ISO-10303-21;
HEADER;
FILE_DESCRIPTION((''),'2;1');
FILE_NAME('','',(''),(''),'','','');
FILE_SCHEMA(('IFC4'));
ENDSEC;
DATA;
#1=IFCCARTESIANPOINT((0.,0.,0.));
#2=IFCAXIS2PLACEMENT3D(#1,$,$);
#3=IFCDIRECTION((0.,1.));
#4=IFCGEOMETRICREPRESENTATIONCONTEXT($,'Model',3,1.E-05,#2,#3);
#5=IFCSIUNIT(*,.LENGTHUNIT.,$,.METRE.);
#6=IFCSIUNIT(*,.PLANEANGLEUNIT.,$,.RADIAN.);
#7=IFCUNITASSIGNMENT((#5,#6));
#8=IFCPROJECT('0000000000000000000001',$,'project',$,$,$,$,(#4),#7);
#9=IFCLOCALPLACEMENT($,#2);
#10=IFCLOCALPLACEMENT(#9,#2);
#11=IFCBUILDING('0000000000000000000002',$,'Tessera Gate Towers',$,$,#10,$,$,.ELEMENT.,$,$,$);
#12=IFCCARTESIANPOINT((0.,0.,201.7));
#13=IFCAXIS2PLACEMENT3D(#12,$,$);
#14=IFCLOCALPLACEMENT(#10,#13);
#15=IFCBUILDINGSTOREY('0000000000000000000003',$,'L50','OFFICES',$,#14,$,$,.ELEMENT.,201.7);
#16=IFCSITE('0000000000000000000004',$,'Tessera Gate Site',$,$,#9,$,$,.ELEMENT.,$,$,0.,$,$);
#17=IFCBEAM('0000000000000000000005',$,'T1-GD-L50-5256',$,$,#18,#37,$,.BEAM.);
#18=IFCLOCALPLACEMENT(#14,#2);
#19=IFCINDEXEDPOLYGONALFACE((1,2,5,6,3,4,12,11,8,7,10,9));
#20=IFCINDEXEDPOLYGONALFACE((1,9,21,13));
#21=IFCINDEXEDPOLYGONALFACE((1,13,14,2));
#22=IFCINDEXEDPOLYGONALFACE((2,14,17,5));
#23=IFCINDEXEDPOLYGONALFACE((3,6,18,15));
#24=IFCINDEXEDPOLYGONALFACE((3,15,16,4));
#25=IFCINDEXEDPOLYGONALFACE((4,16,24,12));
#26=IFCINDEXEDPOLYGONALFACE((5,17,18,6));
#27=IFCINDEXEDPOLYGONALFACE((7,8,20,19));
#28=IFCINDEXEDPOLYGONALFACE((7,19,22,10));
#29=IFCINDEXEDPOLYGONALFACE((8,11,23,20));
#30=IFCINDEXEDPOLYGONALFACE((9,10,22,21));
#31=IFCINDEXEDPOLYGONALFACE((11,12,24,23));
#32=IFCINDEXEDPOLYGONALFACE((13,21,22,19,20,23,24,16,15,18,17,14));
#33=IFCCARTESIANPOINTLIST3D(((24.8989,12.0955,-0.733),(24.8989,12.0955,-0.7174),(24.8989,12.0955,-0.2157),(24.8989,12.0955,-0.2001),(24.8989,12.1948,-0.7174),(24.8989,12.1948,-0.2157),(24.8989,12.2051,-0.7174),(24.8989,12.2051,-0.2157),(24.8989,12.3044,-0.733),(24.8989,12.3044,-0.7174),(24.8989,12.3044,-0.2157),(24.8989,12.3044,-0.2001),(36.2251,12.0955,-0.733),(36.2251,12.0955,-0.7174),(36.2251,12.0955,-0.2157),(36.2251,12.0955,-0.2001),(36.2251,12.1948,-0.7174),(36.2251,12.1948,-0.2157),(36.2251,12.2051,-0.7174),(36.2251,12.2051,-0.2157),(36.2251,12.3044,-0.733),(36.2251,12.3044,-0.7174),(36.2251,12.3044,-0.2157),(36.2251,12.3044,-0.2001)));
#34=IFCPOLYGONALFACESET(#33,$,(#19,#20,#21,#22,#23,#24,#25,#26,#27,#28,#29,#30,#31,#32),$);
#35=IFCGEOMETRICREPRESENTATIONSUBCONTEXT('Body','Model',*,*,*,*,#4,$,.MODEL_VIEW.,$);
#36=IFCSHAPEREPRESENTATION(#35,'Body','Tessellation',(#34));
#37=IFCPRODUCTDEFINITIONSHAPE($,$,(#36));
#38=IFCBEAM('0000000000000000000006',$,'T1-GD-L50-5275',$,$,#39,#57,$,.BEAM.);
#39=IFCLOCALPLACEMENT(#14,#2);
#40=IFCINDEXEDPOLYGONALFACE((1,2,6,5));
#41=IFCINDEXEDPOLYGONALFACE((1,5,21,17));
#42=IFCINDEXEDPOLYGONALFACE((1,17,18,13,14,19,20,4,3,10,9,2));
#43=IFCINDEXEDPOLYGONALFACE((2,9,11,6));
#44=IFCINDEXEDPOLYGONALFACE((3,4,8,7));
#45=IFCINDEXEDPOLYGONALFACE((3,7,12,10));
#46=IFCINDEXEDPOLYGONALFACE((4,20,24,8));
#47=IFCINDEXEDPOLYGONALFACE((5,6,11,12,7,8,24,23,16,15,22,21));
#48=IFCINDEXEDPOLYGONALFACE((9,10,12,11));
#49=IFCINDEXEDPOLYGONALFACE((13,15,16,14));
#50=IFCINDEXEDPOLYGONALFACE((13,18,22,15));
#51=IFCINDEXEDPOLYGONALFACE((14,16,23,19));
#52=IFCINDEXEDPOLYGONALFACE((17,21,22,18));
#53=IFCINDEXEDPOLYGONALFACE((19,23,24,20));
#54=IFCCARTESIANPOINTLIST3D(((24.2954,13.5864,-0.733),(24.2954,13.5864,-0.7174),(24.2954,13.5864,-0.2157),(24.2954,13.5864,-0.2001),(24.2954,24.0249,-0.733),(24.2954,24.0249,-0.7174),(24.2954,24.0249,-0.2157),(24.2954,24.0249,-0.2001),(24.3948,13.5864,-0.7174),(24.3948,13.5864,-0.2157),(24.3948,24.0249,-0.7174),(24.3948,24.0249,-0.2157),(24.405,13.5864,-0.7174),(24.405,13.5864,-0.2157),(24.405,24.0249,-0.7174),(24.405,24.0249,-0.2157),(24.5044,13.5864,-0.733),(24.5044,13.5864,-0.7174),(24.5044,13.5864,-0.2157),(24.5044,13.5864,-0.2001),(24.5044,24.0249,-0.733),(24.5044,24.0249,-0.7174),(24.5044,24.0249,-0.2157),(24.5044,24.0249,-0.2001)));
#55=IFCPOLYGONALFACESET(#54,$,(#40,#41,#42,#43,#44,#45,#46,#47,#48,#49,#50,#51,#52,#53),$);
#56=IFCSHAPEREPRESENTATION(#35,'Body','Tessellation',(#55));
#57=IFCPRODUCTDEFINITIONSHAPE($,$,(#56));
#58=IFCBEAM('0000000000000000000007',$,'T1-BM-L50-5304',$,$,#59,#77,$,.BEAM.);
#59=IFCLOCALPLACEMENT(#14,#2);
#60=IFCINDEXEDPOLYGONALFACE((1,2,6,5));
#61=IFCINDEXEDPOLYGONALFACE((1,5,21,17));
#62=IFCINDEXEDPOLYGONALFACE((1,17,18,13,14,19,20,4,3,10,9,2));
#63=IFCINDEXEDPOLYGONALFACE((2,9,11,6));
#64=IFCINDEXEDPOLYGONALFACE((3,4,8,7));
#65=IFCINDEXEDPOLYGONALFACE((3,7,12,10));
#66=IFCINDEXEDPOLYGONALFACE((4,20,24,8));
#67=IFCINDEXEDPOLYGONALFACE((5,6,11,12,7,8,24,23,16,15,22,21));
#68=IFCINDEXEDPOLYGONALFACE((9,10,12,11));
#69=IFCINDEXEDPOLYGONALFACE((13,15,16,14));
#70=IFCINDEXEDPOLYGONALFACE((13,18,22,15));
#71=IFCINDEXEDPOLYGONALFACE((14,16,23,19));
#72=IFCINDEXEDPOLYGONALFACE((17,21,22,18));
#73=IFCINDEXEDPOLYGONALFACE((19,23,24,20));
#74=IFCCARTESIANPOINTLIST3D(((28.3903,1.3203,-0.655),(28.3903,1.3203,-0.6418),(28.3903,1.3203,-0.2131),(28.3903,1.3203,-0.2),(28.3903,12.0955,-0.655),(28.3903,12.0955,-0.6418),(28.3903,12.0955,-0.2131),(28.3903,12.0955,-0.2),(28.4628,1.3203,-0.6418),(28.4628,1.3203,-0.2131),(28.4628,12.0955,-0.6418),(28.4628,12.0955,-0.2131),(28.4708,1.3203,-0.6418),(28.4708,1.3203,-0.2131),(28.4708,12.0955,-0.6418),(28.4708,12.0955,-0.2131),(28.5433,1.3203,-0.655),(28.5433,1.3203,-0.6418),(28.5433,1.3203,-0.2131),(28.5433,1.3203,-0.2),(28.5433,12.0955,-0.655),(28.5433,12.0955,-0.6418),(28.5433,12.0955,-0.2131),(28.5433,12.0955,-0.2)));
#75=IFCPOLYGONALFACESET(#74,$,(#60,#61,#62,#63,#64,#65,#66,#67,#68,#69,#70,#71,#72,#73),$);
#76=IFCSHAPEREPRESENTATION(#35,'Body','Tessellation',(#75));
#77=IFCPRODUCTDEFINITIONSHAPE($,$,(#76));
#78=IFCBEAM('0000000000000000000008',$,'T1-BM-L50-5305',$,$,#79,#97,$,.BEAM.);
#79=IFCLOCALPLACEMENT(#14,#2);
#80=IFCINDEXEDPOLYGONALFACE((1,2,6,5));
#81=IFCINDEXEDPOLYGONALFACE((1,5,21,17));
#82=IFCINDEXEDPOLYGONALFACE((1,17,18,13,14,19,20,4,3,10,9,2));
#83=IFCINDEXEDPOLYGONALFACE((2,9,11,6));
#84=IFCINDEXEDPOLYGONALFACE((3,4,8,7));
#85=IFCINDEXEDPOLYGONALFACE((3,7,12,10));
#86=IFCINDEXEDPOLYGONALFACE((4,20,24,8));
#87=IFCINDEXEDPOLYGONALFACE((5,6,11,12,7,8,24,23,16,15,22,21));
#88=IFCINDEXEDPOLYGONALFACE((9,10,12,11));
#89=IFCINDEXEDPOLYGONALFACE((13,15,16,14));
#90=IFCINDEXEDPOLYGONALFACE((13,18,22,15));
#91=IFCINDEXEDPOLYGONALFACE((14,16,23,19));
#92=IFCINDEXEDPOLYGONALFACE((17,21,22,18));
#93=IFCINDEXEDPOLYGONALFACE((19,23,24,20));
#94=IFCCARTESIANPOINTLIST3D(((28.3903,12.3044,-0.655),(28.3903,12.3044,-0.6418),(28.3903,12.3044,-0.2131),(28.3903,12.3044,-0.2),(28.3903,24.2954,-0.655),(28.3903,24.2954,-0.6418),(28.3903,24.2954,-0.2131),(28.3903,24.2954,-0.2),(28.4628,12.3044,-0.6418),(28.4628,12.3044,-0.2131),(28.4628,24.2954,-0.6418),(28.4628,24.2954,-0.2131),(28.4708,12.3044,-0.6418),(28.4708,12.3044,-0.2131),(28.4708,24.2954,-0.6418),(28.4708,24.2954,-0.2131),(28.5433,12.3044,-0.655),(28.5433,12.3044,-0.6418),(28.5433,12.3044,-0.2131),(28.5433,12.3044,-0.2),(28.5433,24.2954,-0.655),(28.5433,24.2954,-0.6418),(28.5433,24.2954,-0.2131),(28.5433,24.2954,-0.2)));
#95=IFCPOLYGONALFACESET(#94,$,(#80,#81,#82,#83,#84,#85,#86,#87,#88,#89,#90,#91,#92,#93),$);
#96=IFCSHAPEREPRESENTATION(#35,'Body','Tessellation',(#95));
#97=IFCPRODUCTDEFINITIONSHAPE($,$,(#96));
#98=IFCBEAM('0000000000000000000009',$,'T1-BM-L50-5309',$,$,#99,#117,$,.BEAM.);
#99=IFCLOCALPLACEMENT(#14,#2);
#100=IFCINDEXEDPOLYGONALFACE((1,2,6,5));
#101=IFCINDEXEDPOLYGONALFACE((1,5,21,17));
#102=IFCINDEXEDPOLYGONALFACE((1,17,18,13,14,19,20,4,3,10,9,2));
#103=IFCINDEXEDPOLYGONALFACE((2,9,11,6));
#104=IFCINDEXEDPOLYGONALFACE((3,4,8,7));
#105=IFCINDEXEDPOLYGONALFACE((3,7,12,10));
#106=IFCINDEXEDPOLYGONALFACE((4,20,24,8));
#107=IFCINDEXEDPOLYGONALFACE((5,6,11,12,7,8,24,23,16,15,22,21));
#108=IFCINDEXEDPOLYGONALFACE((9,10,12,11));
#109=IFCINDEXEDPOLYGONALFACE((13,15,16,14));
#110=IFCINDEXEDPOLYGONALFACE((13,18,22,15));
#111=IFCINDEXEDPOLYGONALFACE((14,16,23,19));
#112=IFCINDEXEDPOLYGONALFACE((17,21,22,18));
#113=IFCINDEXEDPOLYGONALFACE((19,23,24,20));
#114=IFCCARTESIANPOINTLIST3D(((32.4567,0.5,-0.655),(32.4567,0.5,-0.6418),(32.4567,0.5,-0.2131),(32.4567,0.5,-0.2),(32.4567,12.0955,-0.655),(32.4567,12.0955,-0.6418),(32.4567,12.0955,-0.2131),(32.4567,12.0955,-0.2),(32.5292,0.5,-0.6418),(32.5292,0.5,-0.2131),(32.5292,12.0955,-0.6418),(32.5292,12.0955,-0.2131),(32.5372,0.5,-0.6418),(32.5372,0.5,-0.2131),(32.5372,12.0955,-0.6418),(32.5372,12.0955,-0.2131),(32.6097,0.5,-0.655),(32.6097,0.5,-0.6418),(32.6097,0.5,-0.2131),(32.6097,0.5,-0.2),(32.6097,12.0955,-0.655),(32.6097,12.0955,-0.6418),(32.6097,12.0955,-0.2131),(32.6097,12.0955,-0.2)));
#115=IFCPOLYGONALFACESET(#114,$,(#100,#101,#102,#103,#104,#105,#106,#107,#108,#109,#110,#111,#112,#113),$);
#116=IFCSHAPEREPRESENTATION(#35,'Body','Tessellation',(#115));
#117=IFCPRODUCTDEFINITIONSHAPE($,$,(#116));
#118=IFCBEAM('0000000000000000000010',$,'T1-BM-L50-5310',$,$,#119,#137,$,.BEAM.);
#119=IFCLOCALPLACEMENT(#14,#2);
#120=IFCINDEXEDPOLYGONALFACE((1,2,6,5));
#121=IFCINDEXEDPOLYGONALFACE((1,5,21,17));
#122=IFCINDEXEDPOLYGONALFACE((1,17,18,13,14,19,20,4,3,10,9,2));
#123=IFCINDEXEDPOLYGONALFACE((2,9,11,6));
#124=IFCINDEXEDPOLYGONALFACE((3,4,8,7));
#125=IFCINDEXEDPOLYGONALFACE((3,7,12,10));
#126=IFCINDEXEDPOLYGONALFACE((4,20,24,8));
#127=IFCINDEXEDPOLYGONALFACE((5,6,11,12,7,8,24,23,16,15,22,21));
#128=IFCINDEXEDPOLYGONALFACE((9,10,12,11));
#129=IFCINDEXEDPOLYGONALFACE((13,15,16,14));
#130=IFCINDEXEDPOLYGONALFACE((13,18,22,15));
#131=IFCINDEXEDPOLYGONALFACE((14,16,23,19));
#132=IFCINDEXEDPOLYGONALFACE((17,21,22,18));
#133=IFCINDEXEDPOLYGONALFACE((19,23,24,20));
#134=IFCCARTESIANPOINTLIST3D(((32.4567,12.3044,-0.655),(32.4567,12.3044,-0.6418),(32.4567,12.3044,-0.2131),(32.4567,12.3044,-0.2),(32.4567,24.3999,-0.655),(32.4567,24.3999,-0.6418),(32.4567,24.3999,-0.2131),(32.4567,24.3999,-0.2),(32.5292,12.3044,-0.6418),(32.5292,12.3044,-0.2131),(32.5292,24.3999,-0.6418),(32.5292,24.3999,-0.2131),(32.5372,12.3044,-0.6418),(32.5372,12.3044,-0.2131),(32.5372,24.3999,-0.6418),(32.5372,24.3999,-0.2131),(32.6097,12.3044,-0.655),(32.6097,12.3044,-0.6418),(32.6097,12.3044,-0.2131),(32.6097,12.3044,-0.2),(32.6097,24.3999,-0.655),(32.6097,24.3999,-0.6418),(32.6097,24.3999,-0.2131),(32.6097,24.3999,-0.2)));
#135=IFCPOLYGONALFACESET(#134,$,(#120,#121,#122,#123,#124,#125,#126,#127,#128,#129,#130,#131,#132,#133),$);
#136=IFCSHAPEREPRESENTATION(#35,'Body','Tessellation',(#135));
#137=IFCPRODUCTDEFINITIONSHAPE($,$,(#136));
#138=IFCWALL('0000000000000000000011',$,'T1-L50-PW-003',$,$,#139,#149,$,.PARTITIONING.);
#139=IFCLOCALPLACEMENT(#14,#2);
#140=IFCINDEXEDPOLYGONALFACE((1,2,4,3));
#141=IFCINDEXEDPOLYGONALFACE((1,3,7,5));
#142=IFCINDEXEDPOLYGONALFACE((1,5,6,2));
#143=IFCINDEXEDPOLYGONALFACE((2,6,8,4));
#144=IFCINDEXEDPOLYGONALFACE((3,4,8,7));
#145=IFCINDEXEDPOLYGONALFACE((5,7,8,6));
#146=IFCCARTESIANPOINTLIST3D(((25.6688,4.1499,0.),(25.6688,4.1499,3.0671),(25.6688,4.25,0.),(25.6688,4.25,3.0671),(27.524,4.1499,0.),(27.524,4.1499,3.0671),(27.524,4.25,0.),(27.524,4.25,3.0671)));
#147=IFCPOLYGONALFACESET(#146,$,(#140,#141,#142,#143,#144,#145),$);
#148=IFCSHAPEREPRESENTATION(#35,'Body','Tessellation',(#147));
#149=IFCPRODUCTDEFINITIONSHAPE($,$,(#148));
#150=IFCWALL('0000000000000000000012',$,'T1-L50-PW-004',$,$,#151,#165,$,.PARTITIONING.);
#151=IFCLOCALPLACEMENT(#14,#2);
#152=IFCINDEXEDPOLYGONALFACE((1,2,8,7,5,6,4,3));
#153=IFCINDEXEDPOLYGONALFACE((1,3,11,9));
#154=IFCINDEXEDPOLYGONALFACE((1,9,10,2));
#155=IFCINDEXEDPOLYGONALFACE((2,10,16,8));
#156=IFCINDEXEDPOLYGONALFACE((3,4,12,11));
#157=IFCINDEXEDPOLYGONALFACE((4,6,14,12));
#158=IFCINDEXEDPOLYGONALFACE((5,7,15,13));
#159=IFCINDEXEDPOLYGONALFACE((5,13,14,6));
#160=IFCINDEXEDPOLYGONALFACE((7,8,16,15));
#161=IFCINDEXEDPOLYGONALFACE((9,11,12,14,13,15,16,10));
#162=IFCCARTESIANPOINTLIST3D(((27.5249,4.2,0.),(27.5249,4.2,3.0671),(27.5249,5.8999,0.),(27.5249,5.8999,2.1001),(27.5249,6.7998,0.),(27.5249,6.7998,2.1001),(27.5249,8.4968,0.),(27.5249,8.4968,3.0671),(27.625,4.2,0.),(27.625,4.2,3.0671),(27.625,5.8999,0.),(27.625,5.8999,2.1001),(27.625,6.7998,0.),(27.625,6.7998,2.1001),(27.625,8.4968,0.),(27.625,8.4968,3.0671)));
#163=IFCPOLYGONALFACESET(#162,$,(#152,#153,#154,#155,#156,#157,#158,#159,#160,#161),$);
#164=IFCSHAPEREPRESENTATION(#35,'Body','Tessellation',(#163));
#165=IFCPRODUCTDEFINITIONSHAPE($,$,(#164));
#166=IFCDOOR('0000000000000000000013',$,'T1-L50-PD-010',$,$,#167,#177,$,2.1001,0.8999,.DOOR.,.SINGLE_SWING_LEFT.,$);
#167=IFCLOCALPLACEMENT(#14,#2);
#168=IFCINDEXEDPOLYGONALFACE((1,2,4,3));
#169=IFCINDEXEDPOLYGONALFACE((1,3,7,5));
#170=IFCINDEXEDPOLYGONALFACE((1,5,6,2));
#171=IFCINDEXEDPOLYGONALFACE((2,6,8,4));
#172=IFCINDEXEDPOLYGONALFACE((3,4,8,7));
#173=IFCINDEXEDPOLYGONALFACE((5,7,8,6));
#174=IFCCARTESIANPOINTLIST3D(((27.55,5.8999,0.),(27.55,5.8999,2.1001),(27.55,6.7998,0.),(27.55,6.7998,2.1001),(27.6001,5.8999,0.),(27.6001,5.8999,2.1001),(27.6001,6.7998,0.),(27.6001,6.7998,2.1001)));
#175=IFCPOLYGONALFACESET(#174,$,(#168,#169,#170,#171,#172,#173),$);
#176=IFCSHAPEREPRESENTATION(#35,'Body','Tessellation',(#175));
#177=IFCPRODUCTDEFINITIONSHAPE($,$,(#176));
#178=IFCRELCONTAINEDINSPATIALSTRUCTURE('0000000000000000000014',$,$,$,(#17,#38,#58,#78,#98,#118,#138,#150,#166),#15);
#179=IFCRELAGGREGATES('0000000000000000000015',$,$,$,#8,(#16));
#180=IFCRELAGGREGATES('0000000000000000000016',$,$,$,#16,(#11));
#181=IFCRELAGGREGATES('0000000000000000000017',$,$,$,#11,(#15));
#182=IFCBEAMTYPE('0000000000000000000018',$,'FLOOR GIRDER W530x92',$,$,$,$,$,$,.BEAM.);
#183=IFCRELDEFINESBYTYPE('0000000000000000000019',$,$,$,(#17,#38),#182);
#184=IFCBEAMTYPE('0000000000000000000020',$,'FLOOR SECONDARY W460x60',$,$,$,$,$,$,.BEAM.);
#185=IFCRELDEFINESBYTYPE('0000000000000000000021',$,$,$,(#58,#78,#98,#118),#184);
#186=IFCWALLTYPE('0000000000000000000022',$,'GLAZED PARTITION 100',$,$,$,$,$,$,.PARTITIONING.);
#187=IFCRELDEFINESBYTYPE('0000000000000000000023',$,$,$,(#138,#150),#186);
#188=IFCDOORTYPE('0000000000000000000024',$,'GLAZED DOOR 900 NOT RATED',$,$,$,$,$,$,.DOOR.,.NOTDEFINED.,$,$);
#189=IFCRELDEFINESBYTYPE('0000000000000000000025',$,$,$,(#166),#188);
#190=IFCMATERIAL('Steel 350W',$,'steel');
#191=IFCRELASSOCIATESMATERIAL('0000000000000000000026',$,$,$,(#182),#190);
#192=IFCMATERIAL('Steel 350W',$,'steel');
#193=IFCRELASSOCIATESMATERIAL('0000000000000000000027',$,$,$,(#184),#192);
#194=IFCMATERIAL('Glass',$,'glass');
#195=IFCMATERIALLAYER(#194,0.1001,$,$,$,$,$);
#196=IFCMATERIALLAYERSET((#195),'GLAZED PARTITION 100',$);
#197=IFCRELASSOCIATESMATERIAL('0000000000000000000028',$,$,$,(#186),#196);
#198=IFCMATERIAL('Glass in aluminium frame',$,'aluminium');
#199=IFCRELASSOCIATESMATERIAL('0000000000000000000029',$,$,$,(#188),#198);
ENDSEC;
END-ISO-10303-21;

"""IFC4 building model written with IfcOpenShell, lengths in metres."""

from ifc_helpers import new_model, si_unit, direction, frame, frame_2d, origin, origin_2d, place, context, subcontext, project, spatial, rectangle, i_section, extrude, source, transform, mapped, material, layer, layer_set, material_profile, profile_set, type_object, element, fill, save


model = new_model("IFC4")

# Units and contexts
model_context = context("Model", 3, precision=1e-05, world=origin(), true_north=direction((0.0, 1.0)))
body_context = subcontext(model_context, "Body", "Model", "MODEL_VIEW")
ifc_project = project(units=[si_unit("LENGTHUNIT", "METRE"), si_unit("PLANEANGLEUNIT", "RADIAN")], contexts=[model_context])

# Site, building, storey
site_placement = place(None, origin())
site = spatial("IfcSite", under=ifc_project, at=site_placement, Name="Tessera Gate Site", CompositionType="ELEMENT", RefElevation=0.0)
building_placement = place(site_placement, origin())
building = spatial("IfcBuilding", under=site, at=building_placement, Name="Tessera Gate Towers", CompositionType="ELEMENT")
storey_placement = place(building_placement, frame((0.0, 0.0, 201.7)))
storey = spatial("IfcBuildingStorey", under=building, at=storey_placement, Name="L50", Description="OFFICES", CompositionType="ELEMENT", Elevation=201.7)

# Beams
ifc_material_1 = material(Name="Steel 350W", Category="steel")
ifc_material_profile_1 = material_profile(ifc_material_1, i_section(OverallWidth=0.209, OverallDepth=0.533, WebThickness=0.0103, FlangeThickness=0.0156, at=origin_2d()), Name="W530x92")
ifc_profile_set_1 = profile_set([ifc_material_profile_1], Name="Steel 350W")
beam_type_1 = type_object("IfcBeamType", Name="FLOOR GIRDER W530x92", PredefinedType="BEAM", material=ifc_profile_set_1)
beam_1_placement = place(storey_placement, frame((24.8989, 12.2, -0.4666), z_axis=(1.0, 0.0, 0.0), x_axis=(0.0, 1.0, 0.0)))
element("IfcBeam", 1, at=beam_1_placement, inside=storey, type_object=beam_type_1, Name="T1-GD-L50-5256", PredefinedType="BEAM", context=body_context, shape_type="SweptSolid", body=[
    extrude(i_section(OverallWidth=0.209, OverallDepth=0.533, WebThickness=0.0103, FlangeThickness=0.0156, at=origin_2d()), origin(), (0.0, 0.0, 1.0), 11.3262),
])
beam_2_placement = place(storey_placement, frame((24.3999, 13.5864, -0.4666), z_axis=(0.0, 1.0, 0.0), x_axis=(-1.0, 0.0, 0.0)))
element("IfcBeam", 2, at=beam_2_placement, inside=storey, type_object=beam_type_1, Name="T1-GD-L50-5275", PredefinedType="BEAM", context=body_context, shape_type="SweptSolid", body=[
    extrude(i_section(OverallWidth=0.209, OverallDepth=0.533, WebThickness=0.0103, FlangeThickness=0.0156, at=origin_2d()), origin(), (0.0, 0.0, 1.0), 10.4385),
])
ifc_material_2 = material(Name="Steel 350W", Category="steel")
ifc_material_profile_2 = material_profile(ifc_material_2, i_section(OverallWidth=0.1531, OverallDepth=0.4551, WebThickness=0.0081, FlangeThickness=0.0132, at=origin_2d()), Name="W460x60")
ifc_profile_set_2 = profile_set([ifc_material_profile_2], Name="Steel 350W")
beam_type_2 = type_object("IfcBeamType", Name="FLOOR SECONDARY W460x60", PredefinedType="BEAM", material=ifc_profile_set_2)
beam_3_placement = place(storey_placement, frame((28.4668, 1.3203, -0.4275), z_axis=(0.0, 1.0, 0.0), x_axis=(-1.0, 0.0, 0.0)))
element("IfcBeam", 3, at=beam_3_placement, inside=storey, type_object=beam_type_2, Name="T1-BM-L50-5304", PredefinedType="BEAM", context=body_context, shape_type="SweptSolid", body=[
    extrude(i_section(OverallWidth=0.1531, OverallDepth=0.4551, WebThickness=0.0081, FlangeThickness=0.0132, at=origin_2d()), origin(), (0.0, 0.0, 1.0), 10.7751),
])
beam_4_placement = place(storey_placement, frame((28.4668, 12.3044, -0.4275), z_axis=(0.0, 1.0, 0.0), x_axis=(-1.0, 0.0, 0.0)))
element("IfcBeam", 4, at=beam_4_placement, inside=storey, type_object=beam_type_2, Name="T1-BM-L50-5305", PredefinedType="BEAM", context=body_context, shape_type="SweptSolid", body=[
    extrude(i_section(OverallWidth=0.1531, OverallDepth=0.4551, WebThickness=0.0081, FlangeThickness=0.0132, at=origin_2d()), origin(), (0.0, 0.0, 1.0), 11.991),
])
beam_5_placement = place(storey_placement, frame((32.5332, 0.5, -0.4275), z_axis=(0.0, 1.0, 0.0), x_axis=(-1.0, 0.0, 0.0)))
element("IfcBeam", 5, at=beam_5_placement, inside=storey, type_object=beam_type_2, Name="T1-BM-L50-5309", PredefinedType="BEAM", context=body_context, shape_type="SweptSolid", body=[
    extrude(i_section(OverallWidth=0.1531, OverallDepth=0.4551, WebThickness=0.0081, FlangeThickness=0.0132, at=origin_2d()), origin(), (0.0, 0.0, 1.0), 11.5955),
])
beam_6_placement = place(storey_placement, frame((32.5332, 12.3044, -0.4275), z_axis=(0.0, 1.0, 0.0), x_axis=(-1.0, 0.0, 0.0)))
element("IfcBeam", 6, at=beam_6_placement, inside=storey, type_object=beam_type_2, Name="T1-BM-L50-5310", PredefinedType="BEAM", context=body_context, shape_type="SweptSolid", body=[
    extrude(i_section(OverallWidth=0.1531, OverallDepth=0.4551, WebThickness=0.0081, FlangeThickness=0.0132, at=origin_2d()), origin(), (0.0, 0.0, 1.0), 12.0955),
])

# Wall
ifc_material_3 = material(Name="Glass", Category="glass")
ifc_layer_1 = layer(ifc_material_3, 0.1001)
ifc_layer_set_1 = layer_set([ifc_layer_1], Name="GLAZED PARTITION 100")
wall_type_1 = type_object("IfcWallType", Name="GLAZED PARTITION 100", PredefinedType="PARTITIONING", material=ifc_layer_set_1)
wall_1_placement = place(storey_placement, frame((25.6687, 4.2, 0.0), z_axis=(0.0, 0.0, 1.0), x_axis=(1.0, 0.0, 0.0)))
element("IfcWall", 7, at=wall_1_placement, inside=storey, type_object=wall_type_1, Name="T1-L50-PW-003", PredefinedType="PARTITIONING", context=body_context, shape_type="SweptSolid", body=[
    extrude(rectangle(XDim=1.8552, YDim=0.1001, at=frame_2d((0.9277, 0.0))), origin(), (0.0, 0.0, 1.0), 3.0671),
])

# Wall, opening, door
wall_2_placement = place(storey_placement, frame((27.575, 4.2, 0.0), z_axis=(0.0, 0.0, 1.0), x_axis=(0.0, 1.0, 0.0)))
wall_2 = element("IfcWall", 8, at=wall_2_placement, inside=storey, type_object=wall_type_1, Name="T1-L50-PW-004", PredefinedType="PARTITIONING", context=body_context, shape_type="SweptSolid", body=[
    extrude(rectangle(XDim=4.2969, YDim=0.1001, at=frame_2d((2.1484, 0.0))), origin(), (0.0, 0.0, 1.0), 3.0671),
])
shared_shape_1 = source(origin(), body_context, "Body", "SweptSolid", [
    extrude(rectangle(XDim=0.8999, YDim=2.1001, at=frame_2d((0.45, 1.05))), frame((0.0, 0.0601, 0.0), z_axis=(0.0, -1.0, 0.0), x_axis=(1.0, 0.0, 0.0)), (0.0, 0.0, 1.0), 0.1201),
])
opening_1_placement = place(wall_2_placement, frame((1.7, 0.0, 0.0)))
opening_1 = element("IfcOpeningElement", 9, at=opening_1_placement, cuts=wall_2, PredefinedType="OPENING", context=body_context, shape_type="MappedRepresentation", body=[
    mapped(shared_shape_1, transform((0.0, 0.0, 0.0), scale=1.0)),
])
ifc_material_4 = material(Name="Glass in aluminium frame", Category="aluminium")
door_type = type_object("IfcDoorType", Name="GLAZED DOOR 900 NOT RATED", OperationType="NOTDEFINED", PredefinedType="DOOR", material=ifc_material_4)
shared_shape_2 = source(origin(), body_context, "Body", "SweptSolid", [
    extrude(rectangle(XDim=0.8999, YDim=2.1001, at=frame_2d((0.45, 1.05))), frame((0.0, 0.0249, 0.0), z_axis=(0.0, -1.0, 0.0), x_axis=(1.0, 0.0, 0.0)), (0.0, 0.0, 1.0), 0.05),
])
door_1_placement = place(opening_1_placement, origin())
door_1 = element("IfcDoor", 10, at=door_1_placement, inside=storey, type_object=door_type, Name="T1-L50-PD-010", OperationType="SINGLE_SWING_LEFT", OverallHeight=2.1001, OverallWidth=0.8999, PredefinedType="DOOR", context=body_context, shape_type="MappedRepresentation", body=[
    mapped(shared_shape_2, transform((0.0, 0.0, 0.0), scale=1.0)),
])
fill(opening_1, door_1)

save(model, "model.ifc")
